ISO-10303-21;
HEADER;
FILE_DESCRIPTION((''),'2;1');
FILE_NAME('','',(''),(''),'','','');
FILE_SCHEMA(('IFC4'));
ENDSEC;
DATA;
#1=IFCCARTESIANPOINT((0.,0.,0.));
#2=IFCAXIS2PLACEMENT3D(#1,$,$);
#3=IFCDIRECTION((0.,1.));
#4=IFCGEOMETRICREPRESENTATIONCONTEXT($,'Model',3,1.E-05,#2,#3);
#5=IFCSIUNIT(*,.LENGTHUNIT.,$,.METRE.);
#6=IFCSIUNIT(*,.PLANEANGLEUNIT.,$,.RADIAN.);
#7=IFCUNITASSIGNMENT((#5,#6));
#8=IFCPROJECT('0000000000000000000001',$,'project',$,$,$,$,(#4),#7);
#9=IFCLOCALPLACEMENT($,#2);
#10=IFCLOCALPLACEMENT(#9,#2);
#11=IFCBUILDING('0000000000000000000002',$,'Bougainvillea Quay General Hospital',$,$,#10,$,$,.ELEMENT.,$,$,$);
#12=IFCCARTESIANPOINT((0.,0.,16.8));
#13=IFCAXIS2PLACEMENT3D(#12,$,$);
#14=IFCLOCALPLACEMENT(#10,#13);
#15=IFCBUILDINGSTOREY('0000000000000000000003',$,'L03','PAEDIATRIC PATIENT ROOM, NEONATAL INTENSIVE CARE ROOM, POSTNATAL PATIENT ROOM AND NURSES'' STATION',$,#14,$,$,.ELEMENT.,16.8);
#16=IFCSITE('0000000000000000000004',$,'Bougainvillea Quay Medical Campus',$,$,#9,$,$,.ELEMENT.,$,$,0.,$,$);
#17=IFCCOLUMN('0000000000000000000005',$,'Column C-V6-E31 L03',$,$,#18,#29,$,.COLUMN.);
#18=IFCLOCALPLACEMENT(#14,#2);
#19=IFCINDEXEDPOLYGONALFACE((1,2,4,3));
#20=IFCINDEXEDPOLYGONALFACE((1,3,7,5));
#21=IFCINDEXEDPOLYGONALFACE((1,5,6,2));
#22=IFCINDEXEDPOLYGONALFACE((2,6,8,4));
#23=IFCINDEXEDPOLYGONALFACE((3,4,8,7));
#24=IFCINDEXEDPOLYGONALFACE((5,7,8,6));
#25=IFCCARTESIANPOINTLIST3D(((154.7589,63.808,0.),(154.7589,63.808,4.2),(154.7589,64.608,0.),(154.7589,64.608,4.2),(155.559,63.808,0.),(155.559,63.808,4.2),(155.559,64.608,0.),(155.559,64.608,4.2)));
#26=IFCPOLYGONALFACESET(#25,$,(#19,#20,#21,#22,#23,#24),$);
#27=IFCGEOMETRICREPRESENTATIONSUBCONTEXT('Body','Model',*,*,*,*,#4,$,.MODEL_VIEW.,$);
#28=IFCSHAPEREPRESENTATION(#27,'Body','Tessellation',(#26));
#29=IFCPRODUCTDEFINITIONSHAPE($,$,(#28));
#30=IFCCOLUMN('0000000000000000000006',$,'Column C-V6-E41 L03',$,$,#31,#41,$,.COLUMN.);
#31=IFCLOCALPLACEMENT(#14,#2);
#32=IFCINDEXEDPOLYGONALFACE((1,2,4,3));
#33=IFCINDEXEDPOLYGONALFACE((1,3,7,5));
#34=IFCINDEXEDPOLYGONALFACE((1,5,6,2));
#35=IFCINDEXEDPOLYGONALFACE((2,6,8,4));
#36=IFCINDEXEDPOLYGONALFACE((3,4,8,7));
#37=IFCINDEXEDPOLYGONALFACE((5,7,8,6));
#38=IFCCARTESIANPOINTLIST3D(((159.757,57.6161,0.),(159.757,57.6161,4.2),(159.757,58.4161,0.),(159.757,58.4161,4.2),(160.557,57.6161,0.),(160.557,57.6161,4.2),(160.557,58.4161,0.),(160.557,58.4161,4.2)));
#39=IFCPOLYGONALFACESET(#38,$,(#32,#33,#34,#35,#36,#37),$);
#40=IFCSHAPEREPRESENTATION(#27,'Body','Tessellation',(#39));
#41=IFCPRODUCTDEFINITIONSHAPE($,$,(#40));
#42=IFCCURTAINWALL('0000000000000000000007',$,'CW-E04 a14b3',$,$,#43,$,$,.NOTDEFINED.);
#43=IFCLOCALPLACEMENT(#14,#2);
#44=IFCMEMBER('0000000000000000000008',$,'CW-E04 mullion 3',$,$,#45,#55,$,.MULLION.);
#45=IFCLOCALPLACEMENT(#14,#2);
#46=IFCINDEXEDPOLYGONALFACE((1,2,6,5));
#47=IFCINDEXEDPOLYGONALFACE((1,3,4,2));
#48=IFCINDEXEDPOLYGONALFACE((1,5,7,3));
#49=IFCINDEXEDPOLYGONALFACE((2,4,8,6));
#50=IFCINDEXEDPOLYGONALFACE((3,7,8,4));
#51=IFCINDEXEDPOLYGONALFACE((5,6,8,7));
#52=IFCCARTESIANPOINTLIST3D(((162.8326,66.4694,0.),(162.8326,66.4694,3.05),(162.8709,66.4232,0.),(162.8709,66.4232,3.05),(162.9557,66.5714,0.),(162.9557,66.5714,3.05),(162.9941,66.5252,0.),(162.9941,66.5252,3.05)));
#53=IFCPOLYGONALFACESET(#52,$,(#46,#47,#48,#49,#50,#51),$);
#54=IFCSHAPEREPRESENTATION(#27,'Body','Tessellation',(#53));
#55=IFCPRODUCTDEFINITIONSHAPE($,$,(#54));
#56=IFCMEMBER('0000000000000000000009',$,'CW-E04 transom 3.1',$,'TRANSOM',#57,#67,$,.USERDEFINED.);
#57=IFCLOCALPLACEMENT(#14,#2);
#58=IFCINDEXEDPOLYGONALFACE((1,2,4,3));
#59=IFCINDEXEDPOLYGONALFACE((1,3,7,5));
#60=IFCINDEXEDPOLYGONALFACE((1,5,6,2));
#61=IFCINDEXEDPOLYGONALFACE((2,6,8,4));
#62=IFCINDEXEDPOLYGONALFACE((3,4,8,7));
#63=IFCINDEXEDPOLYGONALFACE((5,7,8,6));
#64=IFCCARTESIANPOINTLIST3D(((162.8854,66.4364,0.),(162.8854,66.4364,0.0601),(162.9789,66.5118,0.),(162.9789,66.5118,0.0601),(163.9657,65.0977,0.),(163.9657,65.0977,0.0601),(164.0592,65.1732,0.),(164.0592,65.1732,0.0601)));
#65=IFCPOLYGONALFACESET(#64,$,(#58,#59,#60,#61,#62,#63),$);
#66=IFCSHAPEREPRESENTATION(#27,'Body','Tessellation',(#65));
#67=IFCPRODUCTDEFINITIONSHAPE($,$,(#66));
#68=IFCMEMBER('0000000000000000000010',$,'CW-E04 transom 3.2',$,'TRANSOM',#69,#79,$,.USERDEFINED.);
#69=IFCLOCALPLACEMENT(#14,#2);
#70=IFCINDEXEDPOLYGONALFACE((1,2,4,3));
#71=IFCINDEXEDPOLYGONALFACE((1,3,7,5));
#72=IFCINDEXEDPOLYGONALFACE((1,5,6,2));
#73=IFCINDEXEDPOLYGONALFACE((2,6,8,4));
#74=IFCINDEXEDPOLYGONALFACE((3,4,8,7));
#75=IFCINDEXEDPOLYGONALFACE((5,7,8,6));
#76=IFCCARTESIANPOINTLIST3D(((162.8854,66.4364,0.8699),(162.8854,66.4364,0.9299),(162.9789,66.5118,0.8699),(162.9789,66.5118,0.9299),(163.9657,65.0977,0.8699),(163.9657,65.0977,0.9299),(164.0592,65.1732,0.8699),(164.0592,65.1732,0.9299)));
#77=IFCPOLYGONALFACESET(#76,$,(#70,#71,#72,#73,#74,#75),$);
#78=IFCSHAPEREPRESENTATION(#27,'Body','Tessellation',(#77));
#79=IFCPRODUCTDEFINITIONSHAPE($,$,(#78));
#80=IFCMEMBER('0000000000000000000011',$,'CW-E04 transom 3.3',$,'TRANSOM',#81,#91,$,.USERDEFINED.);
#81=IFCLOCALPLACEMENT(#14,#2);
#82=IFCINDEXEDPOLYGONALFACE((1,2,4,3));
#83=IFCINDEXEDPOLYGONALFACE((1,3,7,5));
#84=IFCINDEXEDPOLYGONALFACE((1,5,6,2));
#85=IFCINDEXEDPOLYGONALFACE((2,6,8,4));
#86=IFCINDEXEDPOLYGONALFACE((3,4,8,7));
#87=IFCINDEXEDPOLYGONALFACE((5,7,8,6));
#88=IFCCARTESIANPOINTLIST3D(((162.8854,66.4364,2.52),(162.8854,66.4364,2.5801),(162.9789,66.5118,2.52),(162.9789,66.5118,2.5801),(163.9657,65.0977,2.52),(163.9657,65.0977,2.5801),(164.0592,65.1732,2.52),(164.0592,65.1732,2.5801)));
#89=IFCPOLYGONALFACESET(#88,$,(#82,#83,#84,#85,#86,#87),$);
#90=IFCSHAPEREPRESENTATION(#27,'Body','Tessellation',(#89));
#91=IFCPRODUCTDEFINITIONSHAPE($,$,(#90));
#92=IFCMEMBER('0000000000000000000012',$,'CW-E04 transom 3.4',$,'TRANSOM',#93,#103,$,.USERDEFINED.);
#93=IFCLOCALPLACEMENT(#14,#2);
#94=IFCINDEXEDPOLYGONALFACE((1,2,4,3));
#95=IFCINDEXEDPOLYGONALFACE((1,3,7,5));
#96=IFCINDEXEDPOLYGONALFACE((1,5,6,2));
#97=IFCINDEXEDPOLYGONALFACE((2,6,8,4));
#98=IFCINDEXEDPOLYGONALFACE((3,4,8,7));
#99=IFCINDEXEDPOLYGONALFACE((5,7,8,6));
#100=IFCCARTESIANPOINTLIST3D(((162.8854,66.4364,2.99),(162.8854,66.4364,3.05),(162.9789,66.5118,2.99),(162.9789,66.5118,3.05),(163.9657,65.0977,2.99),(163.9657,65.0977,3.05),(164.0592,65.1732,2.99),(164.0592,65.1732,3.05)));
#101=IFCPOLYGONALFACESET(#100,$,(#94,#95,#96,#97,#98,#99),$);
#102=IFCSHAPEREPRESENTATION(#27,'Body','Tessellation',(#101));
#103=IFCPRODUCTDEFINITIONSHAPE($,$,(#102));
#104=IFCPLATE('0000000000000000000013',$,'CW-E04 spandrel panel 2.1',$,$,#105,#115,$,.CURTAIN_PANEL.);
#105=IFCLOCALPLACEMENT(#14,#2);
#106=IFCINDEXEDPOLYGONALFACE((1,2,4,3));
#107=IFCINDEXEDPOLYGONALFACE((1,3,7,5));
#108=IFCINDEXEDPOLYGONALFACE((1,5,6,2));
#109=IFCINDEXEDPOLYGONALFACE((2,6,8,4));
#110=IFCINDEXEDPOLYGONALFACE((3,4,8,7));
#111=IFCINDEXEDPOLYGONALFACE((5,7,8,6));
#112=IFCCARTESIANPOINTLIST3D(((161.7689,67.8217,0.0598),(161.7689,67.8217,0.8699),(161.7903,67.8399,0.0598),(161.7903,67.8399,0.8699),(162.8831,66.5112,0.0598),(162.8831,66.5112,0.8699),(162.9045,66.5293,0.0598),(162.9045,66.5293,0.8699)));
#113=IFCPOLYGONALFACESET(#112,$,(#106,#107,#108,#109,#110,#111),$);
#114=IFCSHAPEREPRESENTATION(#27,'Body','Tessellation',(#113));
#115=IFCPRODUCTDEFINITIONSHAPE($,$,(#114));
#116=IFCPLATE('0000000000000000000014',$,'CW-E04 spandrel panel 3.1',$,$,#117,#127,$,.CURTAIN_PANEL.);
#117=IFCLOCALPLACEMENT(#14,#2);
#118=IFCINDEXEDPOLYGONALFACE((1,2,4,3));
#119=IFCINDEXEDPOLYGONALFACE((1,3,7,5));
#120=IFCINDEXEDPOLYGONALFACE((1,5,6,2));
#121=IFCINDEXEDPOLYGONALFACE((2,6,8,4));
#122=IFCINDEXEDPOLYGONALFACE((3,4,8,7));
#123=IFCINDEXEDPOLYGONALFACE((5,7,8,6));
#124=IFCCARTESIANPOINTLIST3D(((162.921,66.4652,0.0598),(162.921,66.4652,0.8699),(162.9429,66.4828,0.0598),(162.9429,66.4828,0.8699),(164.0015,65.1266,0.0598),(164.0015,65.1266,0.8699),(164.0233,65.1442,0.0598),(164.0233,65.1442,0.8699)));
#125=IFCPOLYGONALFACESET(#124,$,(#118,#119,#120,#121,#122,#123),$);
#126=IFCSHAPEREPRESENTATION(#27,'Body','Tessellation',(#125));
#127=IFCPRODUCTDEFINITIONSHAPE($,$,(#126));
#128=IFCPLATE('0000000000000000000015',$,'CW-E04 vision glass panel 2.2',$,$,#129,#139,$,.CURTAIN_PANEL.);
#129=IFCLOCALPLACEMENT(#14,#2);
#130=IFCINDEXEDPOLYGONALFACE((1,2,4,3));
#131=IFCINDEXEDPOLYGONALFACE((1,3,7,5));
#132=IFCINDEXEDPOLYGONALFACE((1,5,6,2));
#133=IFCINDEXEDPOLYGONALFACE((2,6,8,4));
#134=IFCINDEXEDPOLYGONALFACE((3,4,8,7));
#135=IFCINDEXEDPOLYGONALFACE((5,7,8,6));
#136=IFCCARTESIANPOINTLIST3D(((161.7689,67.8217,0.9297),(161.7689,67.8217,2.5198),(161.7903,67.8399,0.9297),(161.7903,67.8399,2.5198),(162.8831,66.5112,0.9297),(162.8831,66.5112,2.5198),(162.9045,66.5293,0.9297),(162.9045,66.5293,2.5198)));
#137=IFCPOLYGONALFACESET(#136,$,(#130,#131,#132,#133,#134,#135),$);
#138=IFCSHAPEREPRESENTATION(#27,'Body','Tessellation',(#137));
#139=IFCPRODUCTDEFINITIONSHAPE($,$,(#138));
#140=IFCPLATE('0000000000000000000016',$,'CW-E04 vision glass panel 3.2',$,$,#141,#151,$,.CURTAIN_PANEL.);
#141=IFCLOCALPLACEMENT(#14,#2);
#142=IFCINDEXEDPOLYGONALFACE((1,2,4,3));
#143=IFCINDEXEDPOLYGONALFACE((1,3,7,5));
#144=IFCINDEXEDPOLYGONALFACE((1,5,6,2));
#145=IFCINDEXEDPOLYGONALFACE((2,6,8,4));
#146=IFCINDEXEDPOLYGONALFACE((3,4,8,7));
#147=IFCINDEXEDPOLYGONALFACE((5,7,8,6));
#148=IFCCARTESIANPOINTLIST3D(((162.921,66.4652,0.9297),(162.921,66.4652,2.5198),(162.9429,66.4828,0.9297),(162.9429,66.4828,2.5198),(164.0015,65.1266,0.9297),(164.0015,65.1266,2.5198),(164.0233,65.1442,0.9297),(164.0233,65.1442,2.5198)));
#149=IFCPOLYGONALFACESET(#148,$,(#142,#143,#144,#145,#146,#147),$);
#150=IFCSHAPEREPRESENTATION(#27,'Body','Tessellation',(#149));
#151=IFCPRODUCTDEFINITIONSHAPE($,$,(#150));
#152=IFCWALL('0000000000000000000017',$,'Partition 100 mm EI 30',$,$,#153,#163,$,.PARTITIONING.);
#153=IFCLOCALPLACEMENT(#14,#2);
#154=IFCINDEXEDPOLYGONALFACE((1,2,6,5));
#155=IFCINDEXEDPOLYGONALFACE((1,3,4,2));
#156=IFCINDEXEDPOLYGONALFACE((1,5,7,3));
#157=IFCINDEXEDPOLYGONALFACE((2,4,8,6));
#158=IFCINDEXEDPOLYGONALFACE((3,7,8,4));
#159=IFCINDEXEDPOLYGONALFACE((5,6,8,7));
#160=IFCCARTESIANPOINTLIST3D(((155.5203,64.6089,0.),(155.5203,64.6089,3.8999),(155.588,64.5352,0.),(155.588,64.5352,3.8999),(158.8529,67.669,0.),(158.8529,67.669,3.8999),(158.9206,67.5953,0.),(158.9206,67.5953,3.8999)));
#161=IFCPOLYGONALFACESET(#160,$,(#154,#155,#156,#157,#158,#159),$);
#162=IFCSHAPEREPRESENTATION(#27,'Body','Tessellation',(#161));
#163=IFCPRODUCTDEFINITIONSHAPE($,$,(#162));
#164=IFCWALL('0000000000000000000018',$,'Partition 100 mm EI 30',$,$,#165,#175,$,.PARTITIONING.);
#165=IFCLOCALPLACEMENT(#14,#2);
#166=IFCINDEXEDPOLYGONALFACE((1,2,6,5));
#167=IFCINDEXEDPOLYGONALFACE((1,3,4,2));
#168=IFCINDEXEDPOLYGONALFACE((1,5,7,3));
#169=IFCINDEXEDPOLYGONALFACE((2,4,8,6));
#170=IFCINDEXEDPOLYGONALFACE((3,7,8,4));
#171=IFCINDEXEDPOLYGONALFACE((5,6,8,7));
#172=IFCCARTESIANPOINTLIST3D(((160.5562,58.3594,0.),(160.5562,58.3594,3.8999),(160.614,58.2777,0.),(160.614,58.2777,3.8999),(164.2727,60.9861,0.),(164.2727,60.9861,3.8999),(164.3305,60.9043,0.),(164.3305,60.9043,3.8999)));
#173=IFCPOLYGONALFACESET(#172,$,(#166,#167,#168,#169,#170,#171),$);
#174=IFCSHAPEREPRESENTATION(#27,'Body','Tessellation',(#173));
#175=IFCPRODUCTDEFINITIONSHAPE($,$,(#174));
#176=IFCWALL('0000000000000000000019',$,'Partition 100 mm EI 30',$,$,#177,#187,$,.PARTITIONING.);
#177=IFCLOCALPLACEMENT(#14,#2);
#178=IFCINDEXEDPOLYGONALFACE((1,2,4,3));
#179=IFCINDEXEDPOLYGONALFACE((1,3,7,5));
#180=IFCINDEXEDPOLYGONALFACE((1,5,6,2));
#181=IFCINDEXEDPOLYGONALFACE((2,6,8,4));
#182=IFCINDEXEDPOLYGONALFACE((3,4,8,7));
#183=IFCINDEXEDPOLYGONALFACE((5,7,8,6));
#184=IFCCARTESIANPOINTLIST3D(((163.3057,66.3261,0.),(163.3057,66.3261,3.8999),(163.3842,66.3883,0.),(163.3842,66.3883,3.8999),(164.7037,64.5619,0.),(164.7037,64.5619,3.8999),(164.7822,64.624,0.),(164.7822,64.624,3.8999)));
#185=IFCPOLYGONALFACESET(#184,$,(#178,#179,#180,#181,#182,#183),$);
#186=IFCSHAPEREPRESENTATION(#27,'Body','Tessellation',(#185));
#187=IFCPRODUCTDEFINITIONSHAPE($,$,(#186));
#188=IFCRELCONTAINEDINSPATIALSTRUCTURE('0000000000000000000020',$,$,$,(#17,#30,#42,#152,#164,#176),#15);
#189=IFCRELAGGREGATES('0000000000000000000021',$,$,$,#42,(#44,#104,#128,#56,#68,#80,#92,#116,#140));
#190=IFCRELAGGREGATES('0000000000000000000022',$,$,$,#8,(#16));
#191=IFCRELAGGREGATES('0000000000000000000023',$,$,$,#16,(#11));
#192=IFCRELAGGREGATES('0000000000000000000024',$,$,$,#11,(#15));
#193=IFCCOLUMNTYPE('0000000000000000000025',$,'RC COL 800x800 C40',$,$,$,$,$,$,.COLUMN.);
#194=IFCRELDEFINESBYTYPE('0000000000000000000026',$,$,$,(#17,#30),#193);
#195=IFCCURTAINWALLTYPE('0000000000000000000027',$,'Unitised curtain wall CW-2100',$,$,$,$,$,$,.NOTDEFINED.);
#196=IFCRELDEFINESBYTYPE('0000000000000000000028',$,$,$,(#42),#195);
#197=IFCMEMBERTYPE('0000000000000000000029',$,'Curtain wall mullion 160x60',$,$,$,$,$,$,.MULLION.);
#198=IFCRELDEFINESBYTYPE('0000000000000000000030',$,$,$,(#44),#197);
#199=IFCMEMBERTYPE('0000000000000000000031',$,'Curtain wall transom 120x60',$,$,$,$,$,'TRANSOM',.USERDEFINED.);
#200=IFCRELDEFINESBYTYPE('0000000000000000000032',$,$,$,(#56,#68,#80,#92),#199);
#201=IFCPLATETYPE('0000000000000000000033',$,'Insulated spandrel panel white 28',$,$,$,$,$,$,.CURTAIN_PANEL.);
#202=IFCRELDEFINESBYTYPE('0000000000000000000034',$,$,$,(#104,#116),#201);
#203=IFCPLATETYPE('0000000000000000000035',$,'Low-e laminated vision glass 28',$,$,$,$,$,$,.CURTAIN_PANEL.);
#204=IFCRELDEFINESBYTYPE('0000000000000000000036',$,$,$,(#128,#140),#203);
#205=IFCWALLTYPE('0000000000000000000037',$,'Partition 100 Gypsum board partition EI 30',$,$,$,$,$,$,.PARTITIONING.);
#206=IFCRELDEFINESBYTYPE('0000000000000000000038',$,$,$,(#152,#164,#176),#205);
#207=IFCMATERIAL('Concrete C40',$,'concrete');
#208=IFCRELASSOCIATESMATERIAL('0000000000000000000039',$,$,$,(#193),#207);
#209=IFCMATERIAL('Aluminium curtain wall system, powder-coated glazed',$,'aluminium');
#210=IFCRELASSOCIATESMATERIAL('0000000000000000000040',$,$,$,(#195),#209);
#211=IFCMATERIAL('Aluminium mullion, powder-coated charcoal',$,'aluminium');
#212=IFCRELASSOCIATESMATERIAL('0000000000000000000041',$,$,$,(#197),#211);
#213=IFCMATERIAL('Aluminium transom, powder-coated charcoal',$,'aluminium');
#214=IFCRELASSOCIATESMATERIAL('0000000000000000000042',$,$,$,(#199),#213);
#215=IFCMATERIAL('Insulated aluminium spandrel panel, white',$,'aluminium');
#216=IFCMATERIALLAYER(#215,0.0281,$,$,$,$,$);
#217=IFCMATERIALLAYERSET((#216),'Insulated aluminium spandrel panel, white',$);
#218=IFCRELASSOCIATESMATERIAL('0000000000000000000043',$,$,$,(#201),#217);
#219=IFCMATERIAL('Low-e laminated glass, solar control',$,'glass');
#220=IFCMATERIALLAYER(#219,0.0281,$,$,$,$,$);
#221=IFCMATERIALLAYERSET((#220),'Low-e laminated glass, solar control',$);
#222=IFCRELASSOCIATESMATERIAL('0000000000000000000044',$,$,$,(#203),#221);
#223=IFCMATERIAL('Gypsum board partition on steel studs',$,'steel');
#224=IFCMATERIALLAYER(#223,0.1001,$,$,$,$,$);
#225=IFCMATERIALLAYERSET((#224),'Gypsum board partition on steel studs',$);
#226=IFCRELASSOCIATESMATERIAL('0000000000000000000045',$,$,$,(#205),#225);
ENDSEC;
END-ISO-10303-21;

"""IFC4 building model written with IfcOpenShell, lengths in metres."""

from ifc_helpers import new_model, si_unit, direction, frame, frame_2d, origin, origin_2d, place, context, subcontext, project, spatial, rectangle, extrude, material, layer, layer_set, material_profile, profile_set, type_object, element, aggregate, save


model = new_model("IFC4")

# Units and contexts
model_context = context("Model", 3, precision=1e-05, world=origin(), true_north=direction((0.0, 1.0)))
body_context = subcontext(model_context, "Body", "Model", "MODEL_VIEW")
ifc_project = project(units=[si_unit("LENGTHUNIT", "METRE"), si_unit("PLANEANGLEUNIT", "RADIAN")], contexts=[model_context])

# Site, building, storey
site_placement = place(None, origin())
site = spatial("IfcSite", under=ifc_project, at=site_placement, Name="Bougainvillea Quay Medical Campus", CompositionType="ELEMENT", RefElevation=0.0)
building_placement = place(site_placement, origin())
building = spatial("IfcBuilding", under=site, at=building_placement, Name="Bougainvillea Quay General Hospital", CompositionType="ELEMENT")
storey_placement = place(building_placement, frame((0.0, 0.0, 16.8)))
storey = spatial("IfcBuildingStorey", under=building, at=storey_placement, Name="L03", Description="PAEDIATRIC PATIENT ROOM, NEONATAL INTENSIVE CARE ROOM, POSTNATAL PATIENT ROOM AND NURSES' STATION", CompositionType="ELEMENT", Elevation=16.8)

# Columns
ifc_material_1 = material(Name="Concrete C40", Category="concrete")
ifc_material_profile_1 = material_profile(ifc_material_1, rectangle(XDim=0.8, YDim=0.8, at=origin_2d()))
ifc_profile_set_1 = profile_set([ifc_material_profile_1], Name="Concrete C40")
column_type = type_object("IfcColumnType", Name="RC COL 800x800 C40", PredefinedType="COLUMN", material=ifc_profile_set_1)
for number, where, z_axis, x_axis, name in (
    (1, (155.1589, 64.208, 0.0), (0.0, 0.0, 1.0), (1.0, 0.0, 0.0), "Column C-V6-E31 L03"),
    (2, (160.157, 58.0161, 0.0), (0.0, 0.0, 1.0), (1.0, 0.0, 0.0), "Column C-V6-E41 L03"),
):
    element("IfcColumn", number, at=place(storey_placement, frame(where, z_axis=z_axis, x_axis=x_axis)), inside=storey, type_object=column_type, Name=name, PredefinedType="COLUMN", context=body_context, shape_type="SweptSolid", body=[
        extrude(rectangle(XDim=0.8, YDim=0.8, at=origin_2d()), origin(), (0.0, 0.0, 1.0), 4.2),
    ])

# Curtain wall, members, plates
ifc_material_2 = material(Name="Aluminium curtain wall system, powder-coated glazed", Category="aluminium")
curtain_wall_type = type_object("IfcCurtainWallType", Name="Unitised curtain wall CW-2100", PredefinedType="NOTDEFINED", material=ifc_material_2)
curtain_wall_placement = place(storey_placement, origin())
curtain_wall = element("IfcCurtainWall", 3, at=curtain_wall_placement, inside=storey, type_object=curtain_wall_type, Name="CW-E04 a14b3", PredefinedType="NOTDEFINED")
ifc_material_3 = material(Name="Aluminium mullion, powder-coated charcoal", Category="aluminium")
ifc_material_profile_2 = material_profile(ifc_material_3, rectangle(XDim=0.1599, YDim=0.0601, at=origin_2d()))
ifc_profile_set_2 = profile_set([ifc_material_profile_2], Name="Aluminium mullion, powder-coated charcoal")
member_type_1 = type_object("IfcMemberType", Name="Curtain wall mullion 160x60", PredefinedType="MULLION", material=ifc_profile_set_2)
member_1_placement = place(storey_placement, frame((162.9133, 66.4973, 0.0), z_axis=(0.0, 0.0, 1.0), x_axis=(0.770077, 0.637951, 0.0)))
member_1 = element("IfcMember", 4, at=member_1_placement, type_object=member_type_1, Name="CW-E04 mullion 3", PredefinedType="MULLION", context=body_context, shape_type="SweptSolid", body=[
    extrude(rectangle(XDim=0.1599, YDim=0.0601, at=origin_2d()), origin(), (0.0, 0.0, 1.0), 3.05),
])
ifc_material_4 = material(Name="Aluminium transom, powder-coated charcoal", Category="aluminium")
ifc_material_profile_3 = material_profile(ifc_material_4, rectangle(XDim=0.1201, YDim=0.0601, at=origin_2d()))
ifc_profile_set_3 = profile_set([ifc_material_profile_3], Name="Aluminium transom, powder-coated charcoal")
member_type_2 = type_object("IfcMemberType", Name="Curtain wall transom 120x60", ElementType="TRANSOM", PredefinedType="USERDEFINED", material=ifc_profile_set_3)
member_2_placement = place(storey_placement, frame((162.9321, 66.4741, 0.03), z_axis=(0.62803, -0.778189, 0.0), x_axis=(0.778189, 0.62803, 0.0)))
member_2 = element("IfcMember", 5, at=member_2_placement, type_object=member_type_2, Name="CW-E04 transom 3.1", ObjectType="TRANSOM", PredefinedType="USERDEFINED", context=body_context, shape_type="SweptSolid", body=[
    extrude(rectangle(XDim=0.1201, YDim=0.0601, at=origin_2d()), origin(), (0.0, 0.0, 1.0), 1.7202),
])
member_3_placement = place(storey_placement, frame((162.9321, 66.4741, 0.8999), z_axis=(0.62803, -0.778189, 0.0), x_axis=(0.778189, 0.62803, 0.0)))
member_3 = element("IfcMember", 6, at=member_3_placement, type_object=member_type_2, Name="CW-E04 transom 3.2", ObjectType="TRANSOM", PredefinedType="USERDEFINED", context=body_context, shape_type="SweptSolid", body=[
    extrude(rectangle(XDim=0.1201, YDim=0.0601, at=origin_2d()), origin(), (0.0, 0.0, 1.0), 1.7202),
])
member_4_placement = place(storey_placement, frame((162.9321, 66.4741, 2.55), z_axis=(0.62803, -0.778189, 0.0), x_axis=(0.778189, 0.62803, 0.0)))
member_4 = element("IfcMember", 7, at=member_4_placement, type_object=member_type_2, Name="CW-E04 transom 3.3", ObjectType="TRANSOM", PredefinedType="USERDEFINED", context=body_context, shape_type="SweptSolid", body=[
    extrude(rectangle(XDim=0.1201, YDim=0.0601, at=origin_2d()), origin(), (0.0, 0.0, 1.0), 1.7202),
])
member_5_placement = place(storey_placement, frame((162.9321, 66.4741, 3.02), z_axis=(0.62803, -0.778189, 0.0), x_axis=(0.778189, 0.62803, 0.0)))
member_5 = element("IfcMember", 8, at=member_5_placement, type_object=member_type_2, Name="CW-E04 transom 3.4", ObjectType="TRANSOM", PredefinedType="USERDEFINED", context=body_context, shape_type="SweptSolid", body=[
    extrude(rectangle(XDim=0.1201, YDim=0.0601, at=origin_2d()), origin(), (0.0, 0.0, 1.0), 1.7202),
])
ifc_material_5 = material(Name="Insulated aluminium spandrel panel, white", Category="aluminium")
ifc_layer_1 = layer(ifc_material_5, 0.0281)
ifc_layer_set_1 = layer_set([ifc_layer_1], Name="Insulated aluminium spandrel panel, white")
plate_type_1 = type_object("IfcPlateType", Name="Insulated spandrel panel white 28", PredefinedType="CURTAIN_PANEL", material=ifc_layer_set_1)
plate_1_placement = place(storey_placement, frame((162.3367, 67.1755, 0.0598), z_axis=(0.0, 0.0, 1.0), x_axis=(0.647726, -0.761873, 0.0)))
plate_1 = element("IfcPlate", 9, at=plate_1_placement, type_object=plate_type_1, Name="CW-E04 spandrel panel 2.1", PredefinedType="CURTAIN_PANEL", context=body_context, shape_type="SweptSolid", body=[
    extrude(rectangle(XDim=1.7202, YDim=0.0281, at=origin_2d()), origin(), (0.0, 0.0, 1.0), 0.8101),
])
plate_2_placement = place(storey_placement, frame((163.4722, 65.8047, 0.0598), z_axis=(0.0, 0.0, 1.0), x_axis=(0.628072, -0.778155, 0.0)))
plate_2 = element("IfcPlate", 10, at=plate_2_placement, type_object=plate_type_1, Name="CW-E04 spandrel panel 3.1", PredefinedType="CURTAIN_PANEL", context=body_context, shape_type="SweptSolid", body=[
    extrude(rectangle(XDim=1.7202, YDim=0.0281, at=origin_2d()), origin(), (0.0, 0.0, 1.0), 0.8101),
])
ifc_material_6 = material(Name="Low-e laminated glass, solar control", Category="glass")
ifc_layer_2 = layer(ifc_material_6, 0.0281)
ifc_layer_set_2 = layer_set([ifc_layer_2], Name="Low-e laminated glass, solar control")
plate_type_2 = type_object("IfcPlateType", Name="Low-e laminated vision glass 28", PredefinedType="CURTAIN_PANEL", material=ifc_layer_set_2)
plate_3_placement = place(storey_placement, frame((162.3367, 67.1755, 0.9297), z_axis=(0.0, 0.0, 1.0), x_axis=(0.647726, -0.761873, 0.0)))
plate_3 = element("IfcPlate", 11, at=plate_3_placement, type_object=plate_type_2, Name="CW-E04 vision glass panel 2.2", PredefinedType="CURTAIN_PANEL", context=body_context, shape_type="SweptSolid", body=[
    extrude(rectangle(XDim=1.7202, YDim=0.0281, at=origin_2d()), origin(), (0.0, 0.0, 1.0), 1.5901),
])
plate_4_placement = place(storey_placement, frame((163.4722, 65.8047, 0.9297), z_axis=(0.0, 0.0, 1.0), x_axis=(0.628072, -0.778155, 0.0)))
plate_4 = element("IfcPlate", 12, at=plate_4_placement, type_object=plate_type_2, Name="CW-E04 vision glass panel 3.2", PredefinedType="CURTAIN_PANEL", context=body_context, shape_type="SweptSolid", body=[
    extrude(rectangle(XDim=1.7202, YDim=0.0281, at=origin_2d()), origin(), (0.0, 0.0, 1.0), 1.5901),
])
aggregate(curtain_wall, [member_1, plate_1, plate_3, member_2, member_3, member_4, member_5, plate_2, plate_4])

# Walls
ifc_material_7 = material(Name="Gypsum board partition on steel studs", Category="steel")
ifc_layer_3 = layer(ifc_material_7, 0.1001)
ifc_layer_set_3 = layer_set([ifc_layer_3], Name="Gypsum board partition on steel studs")
wall_type_1 = type_object("IfcWallType", Name="Partition 100 Gypsum board partition EI 30", PredefinedType="PARTITIONING", material=ifc_layer_set_3)
wall_1_placement = place(storey_placement, frame((155.5542, 64.572, 0.0), z_axis=(0.0, 0.0, 1.0), x_axis=(0.736576, 0.676355, 0.0)))
element("IfcWall", 13, at=wall_1_placement, inside=storey, type_object=wall_type_1, Name="Partition 100 mm EI 30", PredefinedType="PARTITIONING", context=body_context, shape_type="SweptSolid", body=[
    extrude(rectangle(XDim=4.5244, YDim=0.1001, at=frame_2d((2.2622, 0.0))), origin(), (0.0, 0.0, 1.0), 3.8999),
])
wall_2_placement = place(storey_placement, frame((160.5852, 58.3186, 0.0), z_axis=(0.0, 0.0, 1.0), x_axis=(0.81663, 0.577161, 0.0)))
element("IfcWall", 14, at=wall_2_placement, inside=storey, type_object=wall_type_1, Name="Partition 100 mm EI 30", PredefinedType="PARTITIONING", context=body_context, shape_type="SweptSolid", body=[
    extrude(rectangle(XDim=4.551, YDim=0.1001, at=frame_2d((2.2754, 0.0))), origin(), (0.0, 0.0, 1.0), 3.8999),
])
wall_3_placement = place(storey_placement, frame((163.345, 66.3572, 0.0), z_axis=(0.0, 0.0, 1.0), x_axis=(0.621064, -0.78376, 0.0)))
element("IfcWall", 15, at=wall_3_placement, inside=storey, type_object=wall_type_1, Name="Partition 100 mm EI 30", PredefinedType="PARTITIONING", context=body_context, shape_type="SweptSolid", body=[
    extrude(rectangle(XDim=2.251, YDim=0.1001, at=frame_2d((1.1255, 0.0))), origin(), (0.0, 0.0, 1.0), 3.8999),
])

save(model, "model.ifc")
